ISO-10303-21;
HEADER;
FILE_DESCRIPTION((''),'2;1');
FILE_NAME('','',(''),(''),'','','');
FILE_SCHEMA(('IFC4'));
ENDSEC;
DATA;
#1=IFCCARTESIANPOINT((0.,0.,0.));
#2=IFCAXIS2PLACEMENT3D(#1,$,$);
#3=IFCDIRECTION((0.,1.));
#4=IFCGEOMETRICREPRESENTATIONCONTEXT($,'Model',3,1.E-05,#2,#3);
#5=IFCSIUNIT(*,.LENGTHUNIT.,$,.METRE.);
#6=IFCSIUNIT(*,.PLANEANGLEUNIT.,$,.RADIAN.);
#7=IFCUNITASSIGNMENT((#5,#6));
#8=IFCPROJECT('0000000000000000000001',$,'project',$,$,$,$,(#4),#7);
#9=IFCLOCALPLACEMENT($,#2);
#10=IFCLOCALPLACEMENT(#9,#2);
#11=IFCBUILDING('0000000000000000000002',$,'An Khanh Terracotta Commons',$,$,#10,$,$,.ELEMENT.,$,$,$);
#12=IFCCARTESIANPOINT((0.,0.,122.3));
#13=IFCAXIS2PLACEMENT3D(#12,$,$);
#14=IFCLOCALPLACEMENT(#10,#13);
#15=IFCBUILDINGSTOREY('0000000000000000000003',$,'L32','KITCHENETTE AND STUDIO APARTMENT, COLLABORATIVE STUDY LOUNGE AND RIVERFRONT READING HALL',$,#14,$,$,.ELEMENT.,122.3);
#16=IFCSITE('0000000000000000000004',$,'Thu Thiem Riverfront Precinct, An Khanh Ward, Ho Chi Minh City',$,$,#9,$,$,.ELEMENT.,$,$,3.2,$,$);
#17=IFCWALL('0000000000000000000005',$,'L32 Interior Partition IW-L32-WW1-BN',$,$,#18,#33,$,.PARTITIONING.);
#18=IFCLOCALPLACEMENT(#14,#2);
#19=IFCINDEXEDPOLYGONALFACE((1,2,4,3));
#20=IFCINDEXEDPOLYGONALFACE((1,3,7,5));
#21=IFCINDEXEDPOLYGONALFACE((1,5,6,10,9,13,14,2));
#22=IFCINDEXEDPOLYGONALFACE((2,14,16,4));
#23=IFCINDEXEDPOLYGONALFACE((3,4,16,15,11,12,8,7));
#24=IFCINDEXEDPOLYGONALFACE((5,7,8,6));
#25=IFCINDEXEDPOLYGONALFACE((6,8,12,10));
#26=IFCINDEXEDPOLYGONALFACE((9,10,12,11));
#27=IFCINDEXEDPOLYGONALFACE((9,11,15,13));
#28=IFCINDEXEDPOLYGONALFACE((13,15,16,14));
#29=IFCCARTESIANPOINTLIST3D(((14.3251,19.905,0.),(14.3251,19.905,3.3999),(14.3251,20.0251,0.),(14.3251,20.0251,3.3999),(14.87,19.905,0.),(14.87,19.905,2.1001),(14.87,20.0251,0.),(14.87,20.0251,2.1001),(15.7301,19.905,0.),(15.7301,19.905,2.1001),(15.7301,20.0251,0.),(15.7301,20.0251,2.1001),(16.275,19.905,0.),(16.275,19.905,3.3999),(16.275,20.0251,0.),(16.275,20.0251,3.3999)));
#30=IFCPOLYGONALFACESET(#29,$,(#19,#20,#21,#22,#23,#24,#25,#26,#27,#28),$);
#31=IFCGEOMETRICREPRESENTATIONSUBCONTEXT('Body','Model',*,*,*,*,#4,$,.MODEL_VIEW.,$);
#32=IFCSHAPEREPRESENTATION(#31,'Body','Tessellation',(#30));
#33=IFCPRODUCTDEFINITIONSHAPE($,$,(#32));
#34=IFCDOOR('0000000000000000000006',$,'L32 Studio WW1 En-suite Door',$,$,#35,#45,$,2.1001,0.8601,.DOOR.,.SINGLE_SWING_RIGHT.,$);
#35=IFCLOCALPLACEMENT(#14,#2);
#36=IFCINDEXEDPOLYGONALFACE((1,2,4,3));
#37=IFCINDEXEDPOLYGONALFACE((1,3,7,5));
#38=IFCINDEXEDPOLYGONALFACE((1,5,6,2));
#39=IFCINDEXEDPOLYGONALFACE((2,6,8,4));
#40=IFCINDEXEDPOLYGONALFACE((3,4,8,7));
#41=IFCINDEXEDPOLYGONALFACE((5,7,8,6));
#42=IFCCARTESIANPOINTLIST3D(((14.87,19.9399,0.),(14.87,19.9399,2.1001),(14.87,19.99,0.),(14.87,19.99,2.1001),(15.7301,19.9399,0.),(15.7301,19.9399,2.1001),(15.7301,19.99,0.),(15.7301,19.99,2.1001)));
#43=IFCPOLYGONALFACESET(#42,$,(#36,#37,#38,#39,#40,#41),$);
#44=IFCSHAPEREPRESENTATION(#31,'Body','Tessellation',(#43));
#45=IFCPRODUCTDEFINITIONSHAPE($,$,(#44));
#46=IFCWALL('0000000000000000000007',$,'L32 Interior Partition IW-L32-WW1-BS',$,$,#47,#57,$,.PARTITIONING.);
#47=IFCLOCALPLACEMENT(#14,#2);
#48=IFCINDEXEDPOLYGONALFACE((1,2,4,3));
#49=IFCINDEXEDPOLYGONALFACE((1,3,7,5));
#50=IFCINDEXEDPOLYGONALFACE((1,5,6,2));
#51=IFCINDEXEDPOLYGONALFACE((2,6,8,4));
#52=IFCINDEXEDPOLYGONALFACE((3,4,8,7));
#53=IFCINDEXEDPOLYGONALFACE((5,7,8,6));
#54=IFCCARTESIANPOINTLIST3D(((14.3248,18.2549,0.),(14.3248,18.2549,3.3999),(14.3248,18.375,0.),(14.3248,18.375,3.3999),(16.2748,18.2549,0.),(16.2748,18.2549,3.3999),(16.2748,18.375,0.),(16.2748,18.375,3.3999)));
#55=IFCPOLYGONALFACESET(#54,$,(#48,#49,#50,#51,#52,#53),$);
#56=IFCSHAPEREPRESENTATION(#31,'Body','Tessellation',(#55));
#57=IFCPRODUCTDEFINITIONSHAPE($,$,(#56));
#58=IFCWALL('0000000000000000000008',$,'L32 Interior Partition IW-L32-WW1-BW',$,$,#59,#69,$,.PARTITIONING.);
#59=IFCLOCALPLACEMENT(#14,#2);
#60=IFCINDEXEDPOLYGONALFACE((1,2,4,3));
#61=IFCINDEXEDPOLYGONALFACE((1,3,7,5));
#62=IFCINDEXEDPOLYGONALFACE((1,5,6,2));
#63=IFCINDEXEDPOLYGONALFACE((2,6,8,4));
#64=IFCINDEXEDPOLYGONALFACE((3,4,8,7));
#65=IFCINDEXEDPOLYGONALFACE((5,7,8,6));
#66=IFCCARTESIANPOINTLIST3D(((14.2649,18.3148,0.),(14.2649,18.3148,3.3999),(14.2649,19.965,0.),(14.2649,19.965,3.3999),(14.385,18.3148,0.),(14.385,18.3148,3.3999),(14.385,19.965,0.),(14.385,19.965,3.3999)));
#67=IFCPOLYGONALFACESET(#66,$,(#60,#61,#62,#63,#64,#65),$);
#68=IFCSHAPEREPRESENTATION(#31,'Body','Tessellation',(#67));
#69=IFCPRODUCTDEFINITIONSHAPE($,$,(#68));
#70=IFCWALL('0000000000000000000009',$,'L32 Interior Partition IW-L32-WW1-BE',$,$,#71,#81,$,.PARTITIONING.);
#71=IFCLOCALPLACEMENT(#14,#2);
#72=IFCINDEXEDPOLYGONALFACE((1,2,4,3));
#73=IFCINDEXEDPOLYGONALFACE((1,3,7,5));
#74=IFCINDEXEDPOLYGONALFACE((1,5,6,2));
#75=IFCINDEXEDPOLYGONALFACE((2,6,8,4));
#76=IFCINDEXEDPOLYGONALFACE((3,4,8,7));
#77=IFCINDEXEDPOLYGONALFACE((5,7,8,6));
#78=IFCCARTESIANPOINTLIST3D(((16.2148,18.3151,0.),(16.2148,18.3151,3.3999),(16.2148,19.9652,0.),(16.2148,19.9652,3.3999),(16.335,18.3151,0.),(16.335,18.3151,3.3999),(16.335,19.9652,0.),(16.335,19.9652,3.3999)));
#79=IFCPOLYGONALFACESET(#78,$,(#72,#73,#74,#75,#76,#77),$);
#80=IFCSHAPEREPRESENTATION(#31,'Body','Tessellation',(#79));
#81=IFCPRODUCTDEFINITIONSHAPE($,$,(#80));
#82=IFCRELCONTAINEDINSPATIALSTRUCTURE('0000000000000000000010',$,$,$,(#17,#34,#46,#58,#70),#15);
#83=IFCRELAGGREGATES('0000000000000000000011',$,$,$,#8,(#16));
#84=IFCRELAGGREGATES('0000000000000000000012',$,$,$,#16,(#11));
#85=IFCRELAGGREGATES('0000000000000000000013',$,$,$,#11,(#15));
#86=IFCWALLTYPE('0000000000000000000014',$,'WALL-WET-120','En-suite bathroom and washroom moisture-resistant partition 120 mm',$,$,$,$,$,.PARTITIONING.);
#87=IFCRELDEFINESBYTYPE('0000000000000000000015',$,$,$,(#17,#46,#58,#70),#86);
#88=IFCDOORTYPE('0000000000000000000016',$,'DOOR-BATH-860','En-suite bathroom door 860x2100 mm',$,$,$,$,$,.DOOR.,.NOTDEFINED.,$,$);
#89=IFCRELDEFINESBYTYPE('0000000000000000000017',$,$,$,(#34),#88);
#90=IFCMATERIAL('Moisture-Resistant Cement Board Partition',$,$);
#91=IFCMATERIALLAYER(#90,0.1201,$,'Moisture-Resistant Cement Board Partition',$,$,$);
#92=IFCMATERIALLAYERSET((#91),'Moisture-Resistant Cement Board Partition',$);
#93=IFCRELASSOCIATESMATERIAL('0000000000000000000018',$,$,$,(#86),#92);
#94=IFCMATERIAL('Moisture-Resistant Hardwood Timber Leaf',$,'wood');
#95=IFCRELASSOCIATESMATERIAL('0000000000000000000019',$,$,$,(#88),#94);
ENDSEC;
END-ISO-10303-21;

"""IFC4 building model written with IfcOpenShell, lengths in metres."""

from ifc_helpers import new_model, si_unit, direction, frame, frame_2d, origin, place, context, subcontext, project, spatial, rectangle, extrude, material, layer, layer_set, type_object, element, fill, save


model = new_model("IFC4")

# Units and contexts
model_context = context("Model", 3, precision=1e-05, world=origin(), true_north=direction((0.0, 1.0)))
body_context = subcontext(model_context, "Body", "Model", "MODEL_VIEW")
ifc_project = project(units=[si_unit("LENGTHUNIT", "METRE"), si_unit("PLANEANGLEUNIT", "RADIAN")], contexts=[model_context])

# Site, building, storey
site_placement = place(None, origin())
site = spatial("IfcSite", under=ifc_project, at=site_placement, Name="Thu Thiem Riverfront Precinct, An Khanh Ward, Ho Chi Minh City", CompositionType="ELEMENT", RefElevation=3.2)
building_placement = place(site_placement, origin())
building = spatial("IfcBuilding", under=site, at=building_placement, Name="An Khanh Terracotta Commons", CompositionType="ELEMENT")
storey_placement = place(building_placement, frame((0.0, 0.0, 122.3)))
storey = spatial("IfcBuildingStorey", under=building, at=storey_placement, Name="L32", Description="KITCHENETTE AND STUDIO APARTMENT, COLLABORATIVE STUDY LOUNGE AND RIVERFRONT READING HALL", CompositionType="ELEMENT", Elevation=122.3)

# Wall, opening, door
ifc_material_1 = material(Name="Moisture-Resistant Cement Board Partition")
ifc_layer_1 = layer(ifc_material_1, 0.1201, Name="Moisture-Resistant Cement Board Partition")
ifc_layer_set_1 = layer_set([ifc_layer_1], Name="Moisture-Resistant Cement Board Partition")
wall_type_1 = type_object("IfcWallType", Name="WALL-WET-120", Description="En-suite bathroom and washroom moisture-resistant partition 120 mm", PredefinedType="PARTITIONING", material=ifc_layer_set_1)
wall_1_placement = place(storey_placement, frame((14.325, 19.9651, 0.0), z_axis=(0.0, 0.0, 1.0), x_axis=(1.0, 0.0, 0.0)))
wall_1 = element("IfcWall", 1, at=wall_1_placement, inside=storey, type_object=wall_type_1, Name="L32 Interior Partition IW-L32-WW1-BN", PredefinedType="PARTITIONING", context=body_context, shape_type="SweptSolid", body=[
    extrude(rectangle(XDim=1.95, YDim=0.1201, at=frame_2d((0.9751, 0.0))), origin(), (0.0, 0.0, 1.0), 3.3999),
])
opening_1_placement = place(wall_1_placement, frame((0.5449, 0.0, 0.0)))
opening_1 = element("IfcOpeningElement", 2, at=opening_1_placement, cuts=wall_1, PredefinedType="OPENING", context=body_context, shape_type="SweptSolid", body=[
    extrude(rectangle(XDim=0.8601, YDim=2.1001, at=frame_2d((0.4302, 1.05))), frame((0.0, 0.0701, 0.0), z_axis=(0.0, -1.0, 0.0), x_axis=(1.0, 0.0, 0.0)), (0.0, 0.0, 1.0), 0.1401),
])
ifc_material_2 = material(Name="Moisture-Resistant Hardwood Timber Leaf", Category="wood")
door_type_1 = type_object("IfcDoorType", Name="DOOR-BATH-860", Description="En-suite bathroom door 860x2100 mm", OperationType="NOTDEFINED", PredefinedType="DOOR", material=ifc_material_2)
door_1_placement = place(opening_1_placement, origin())
door_1 = element("IfcDoor", 3, at=door_1_placement, inside=storey, type_object=door_type_1, Name="L32 Studio WW1 En-suite Door", OperationType="SINGLE_SWING_RIGHT", OverallHeight=2.1001, OverallWidth=0.8601, PredefinedType="DOOR", context=body_context, shape_type="SweptSolid", body=[
    extrude(rectangle(XDim=0.8601, YDim=2.1001, at=frame_2d((0.4302, 1.05))), frame((0.0, 0.0249, 0.0), z_axis=(0.0, -1.0, 0.0), x_axis=(1.0, 0.0, 0.0)), (0.0, 0.0, 1.0), 0.05),
])
fill(opening_1, door_1)

# Walls
wall_2_placement = place(storey_placement, frame((16.2749, 18.3149, 0.0), z_axis=(0.0, 0.0, 1.0), x_axis=(-1.0, 0.0, 0.0)))
element("IfcWall", 4, at=wall_2_placement, inside=storey, type_object=wall_type_1, Name="L32 Interior Partition IW-L32-WW1-BS", PredefinedType="PARTITIONING", context=body_context, shape_type="SweptSolid", body=[
    extrude(rectangle(XDim=1.95, YDim=0.1201, at=frame_2d((0.9751, 0.0))), origin(), (0.0, 0.0, 1.0), 3.3999),
])
for number, where, z_axis, x_axis, name in (
    (5, (14.325, 19.9651, 0.0), (0.0, 0.0, 1.0), (0.0, -1.0, 0.0), "L32 Interior Partition IW-L32-WW1-BW"),
    (6, (16.2749, 18.3149, 0.0), (0.0, 0.0, 1.0), (0.0, 1.0, 0.0), "L32 Interior Partition IW-L32-WW1-BE"),
):
    element("IfcWall", number, at=place(storey_placement, frame(where, z_axis=z_axis, x_axis=x_axis)), inside=storey, type_object=wall_type_1, Name=name, PredefinedType="PARTITIONING", context=body_context, shape_type="SweptSolid", body=[
        extrude(rectangle(XDim=1.6501, YDim=0.1201, at=frame_2d((0.8252, 0.0))), origin(), (0.0, 0.0, 1.0), 3.3999),
    ])

save(model, "model.ifc")
